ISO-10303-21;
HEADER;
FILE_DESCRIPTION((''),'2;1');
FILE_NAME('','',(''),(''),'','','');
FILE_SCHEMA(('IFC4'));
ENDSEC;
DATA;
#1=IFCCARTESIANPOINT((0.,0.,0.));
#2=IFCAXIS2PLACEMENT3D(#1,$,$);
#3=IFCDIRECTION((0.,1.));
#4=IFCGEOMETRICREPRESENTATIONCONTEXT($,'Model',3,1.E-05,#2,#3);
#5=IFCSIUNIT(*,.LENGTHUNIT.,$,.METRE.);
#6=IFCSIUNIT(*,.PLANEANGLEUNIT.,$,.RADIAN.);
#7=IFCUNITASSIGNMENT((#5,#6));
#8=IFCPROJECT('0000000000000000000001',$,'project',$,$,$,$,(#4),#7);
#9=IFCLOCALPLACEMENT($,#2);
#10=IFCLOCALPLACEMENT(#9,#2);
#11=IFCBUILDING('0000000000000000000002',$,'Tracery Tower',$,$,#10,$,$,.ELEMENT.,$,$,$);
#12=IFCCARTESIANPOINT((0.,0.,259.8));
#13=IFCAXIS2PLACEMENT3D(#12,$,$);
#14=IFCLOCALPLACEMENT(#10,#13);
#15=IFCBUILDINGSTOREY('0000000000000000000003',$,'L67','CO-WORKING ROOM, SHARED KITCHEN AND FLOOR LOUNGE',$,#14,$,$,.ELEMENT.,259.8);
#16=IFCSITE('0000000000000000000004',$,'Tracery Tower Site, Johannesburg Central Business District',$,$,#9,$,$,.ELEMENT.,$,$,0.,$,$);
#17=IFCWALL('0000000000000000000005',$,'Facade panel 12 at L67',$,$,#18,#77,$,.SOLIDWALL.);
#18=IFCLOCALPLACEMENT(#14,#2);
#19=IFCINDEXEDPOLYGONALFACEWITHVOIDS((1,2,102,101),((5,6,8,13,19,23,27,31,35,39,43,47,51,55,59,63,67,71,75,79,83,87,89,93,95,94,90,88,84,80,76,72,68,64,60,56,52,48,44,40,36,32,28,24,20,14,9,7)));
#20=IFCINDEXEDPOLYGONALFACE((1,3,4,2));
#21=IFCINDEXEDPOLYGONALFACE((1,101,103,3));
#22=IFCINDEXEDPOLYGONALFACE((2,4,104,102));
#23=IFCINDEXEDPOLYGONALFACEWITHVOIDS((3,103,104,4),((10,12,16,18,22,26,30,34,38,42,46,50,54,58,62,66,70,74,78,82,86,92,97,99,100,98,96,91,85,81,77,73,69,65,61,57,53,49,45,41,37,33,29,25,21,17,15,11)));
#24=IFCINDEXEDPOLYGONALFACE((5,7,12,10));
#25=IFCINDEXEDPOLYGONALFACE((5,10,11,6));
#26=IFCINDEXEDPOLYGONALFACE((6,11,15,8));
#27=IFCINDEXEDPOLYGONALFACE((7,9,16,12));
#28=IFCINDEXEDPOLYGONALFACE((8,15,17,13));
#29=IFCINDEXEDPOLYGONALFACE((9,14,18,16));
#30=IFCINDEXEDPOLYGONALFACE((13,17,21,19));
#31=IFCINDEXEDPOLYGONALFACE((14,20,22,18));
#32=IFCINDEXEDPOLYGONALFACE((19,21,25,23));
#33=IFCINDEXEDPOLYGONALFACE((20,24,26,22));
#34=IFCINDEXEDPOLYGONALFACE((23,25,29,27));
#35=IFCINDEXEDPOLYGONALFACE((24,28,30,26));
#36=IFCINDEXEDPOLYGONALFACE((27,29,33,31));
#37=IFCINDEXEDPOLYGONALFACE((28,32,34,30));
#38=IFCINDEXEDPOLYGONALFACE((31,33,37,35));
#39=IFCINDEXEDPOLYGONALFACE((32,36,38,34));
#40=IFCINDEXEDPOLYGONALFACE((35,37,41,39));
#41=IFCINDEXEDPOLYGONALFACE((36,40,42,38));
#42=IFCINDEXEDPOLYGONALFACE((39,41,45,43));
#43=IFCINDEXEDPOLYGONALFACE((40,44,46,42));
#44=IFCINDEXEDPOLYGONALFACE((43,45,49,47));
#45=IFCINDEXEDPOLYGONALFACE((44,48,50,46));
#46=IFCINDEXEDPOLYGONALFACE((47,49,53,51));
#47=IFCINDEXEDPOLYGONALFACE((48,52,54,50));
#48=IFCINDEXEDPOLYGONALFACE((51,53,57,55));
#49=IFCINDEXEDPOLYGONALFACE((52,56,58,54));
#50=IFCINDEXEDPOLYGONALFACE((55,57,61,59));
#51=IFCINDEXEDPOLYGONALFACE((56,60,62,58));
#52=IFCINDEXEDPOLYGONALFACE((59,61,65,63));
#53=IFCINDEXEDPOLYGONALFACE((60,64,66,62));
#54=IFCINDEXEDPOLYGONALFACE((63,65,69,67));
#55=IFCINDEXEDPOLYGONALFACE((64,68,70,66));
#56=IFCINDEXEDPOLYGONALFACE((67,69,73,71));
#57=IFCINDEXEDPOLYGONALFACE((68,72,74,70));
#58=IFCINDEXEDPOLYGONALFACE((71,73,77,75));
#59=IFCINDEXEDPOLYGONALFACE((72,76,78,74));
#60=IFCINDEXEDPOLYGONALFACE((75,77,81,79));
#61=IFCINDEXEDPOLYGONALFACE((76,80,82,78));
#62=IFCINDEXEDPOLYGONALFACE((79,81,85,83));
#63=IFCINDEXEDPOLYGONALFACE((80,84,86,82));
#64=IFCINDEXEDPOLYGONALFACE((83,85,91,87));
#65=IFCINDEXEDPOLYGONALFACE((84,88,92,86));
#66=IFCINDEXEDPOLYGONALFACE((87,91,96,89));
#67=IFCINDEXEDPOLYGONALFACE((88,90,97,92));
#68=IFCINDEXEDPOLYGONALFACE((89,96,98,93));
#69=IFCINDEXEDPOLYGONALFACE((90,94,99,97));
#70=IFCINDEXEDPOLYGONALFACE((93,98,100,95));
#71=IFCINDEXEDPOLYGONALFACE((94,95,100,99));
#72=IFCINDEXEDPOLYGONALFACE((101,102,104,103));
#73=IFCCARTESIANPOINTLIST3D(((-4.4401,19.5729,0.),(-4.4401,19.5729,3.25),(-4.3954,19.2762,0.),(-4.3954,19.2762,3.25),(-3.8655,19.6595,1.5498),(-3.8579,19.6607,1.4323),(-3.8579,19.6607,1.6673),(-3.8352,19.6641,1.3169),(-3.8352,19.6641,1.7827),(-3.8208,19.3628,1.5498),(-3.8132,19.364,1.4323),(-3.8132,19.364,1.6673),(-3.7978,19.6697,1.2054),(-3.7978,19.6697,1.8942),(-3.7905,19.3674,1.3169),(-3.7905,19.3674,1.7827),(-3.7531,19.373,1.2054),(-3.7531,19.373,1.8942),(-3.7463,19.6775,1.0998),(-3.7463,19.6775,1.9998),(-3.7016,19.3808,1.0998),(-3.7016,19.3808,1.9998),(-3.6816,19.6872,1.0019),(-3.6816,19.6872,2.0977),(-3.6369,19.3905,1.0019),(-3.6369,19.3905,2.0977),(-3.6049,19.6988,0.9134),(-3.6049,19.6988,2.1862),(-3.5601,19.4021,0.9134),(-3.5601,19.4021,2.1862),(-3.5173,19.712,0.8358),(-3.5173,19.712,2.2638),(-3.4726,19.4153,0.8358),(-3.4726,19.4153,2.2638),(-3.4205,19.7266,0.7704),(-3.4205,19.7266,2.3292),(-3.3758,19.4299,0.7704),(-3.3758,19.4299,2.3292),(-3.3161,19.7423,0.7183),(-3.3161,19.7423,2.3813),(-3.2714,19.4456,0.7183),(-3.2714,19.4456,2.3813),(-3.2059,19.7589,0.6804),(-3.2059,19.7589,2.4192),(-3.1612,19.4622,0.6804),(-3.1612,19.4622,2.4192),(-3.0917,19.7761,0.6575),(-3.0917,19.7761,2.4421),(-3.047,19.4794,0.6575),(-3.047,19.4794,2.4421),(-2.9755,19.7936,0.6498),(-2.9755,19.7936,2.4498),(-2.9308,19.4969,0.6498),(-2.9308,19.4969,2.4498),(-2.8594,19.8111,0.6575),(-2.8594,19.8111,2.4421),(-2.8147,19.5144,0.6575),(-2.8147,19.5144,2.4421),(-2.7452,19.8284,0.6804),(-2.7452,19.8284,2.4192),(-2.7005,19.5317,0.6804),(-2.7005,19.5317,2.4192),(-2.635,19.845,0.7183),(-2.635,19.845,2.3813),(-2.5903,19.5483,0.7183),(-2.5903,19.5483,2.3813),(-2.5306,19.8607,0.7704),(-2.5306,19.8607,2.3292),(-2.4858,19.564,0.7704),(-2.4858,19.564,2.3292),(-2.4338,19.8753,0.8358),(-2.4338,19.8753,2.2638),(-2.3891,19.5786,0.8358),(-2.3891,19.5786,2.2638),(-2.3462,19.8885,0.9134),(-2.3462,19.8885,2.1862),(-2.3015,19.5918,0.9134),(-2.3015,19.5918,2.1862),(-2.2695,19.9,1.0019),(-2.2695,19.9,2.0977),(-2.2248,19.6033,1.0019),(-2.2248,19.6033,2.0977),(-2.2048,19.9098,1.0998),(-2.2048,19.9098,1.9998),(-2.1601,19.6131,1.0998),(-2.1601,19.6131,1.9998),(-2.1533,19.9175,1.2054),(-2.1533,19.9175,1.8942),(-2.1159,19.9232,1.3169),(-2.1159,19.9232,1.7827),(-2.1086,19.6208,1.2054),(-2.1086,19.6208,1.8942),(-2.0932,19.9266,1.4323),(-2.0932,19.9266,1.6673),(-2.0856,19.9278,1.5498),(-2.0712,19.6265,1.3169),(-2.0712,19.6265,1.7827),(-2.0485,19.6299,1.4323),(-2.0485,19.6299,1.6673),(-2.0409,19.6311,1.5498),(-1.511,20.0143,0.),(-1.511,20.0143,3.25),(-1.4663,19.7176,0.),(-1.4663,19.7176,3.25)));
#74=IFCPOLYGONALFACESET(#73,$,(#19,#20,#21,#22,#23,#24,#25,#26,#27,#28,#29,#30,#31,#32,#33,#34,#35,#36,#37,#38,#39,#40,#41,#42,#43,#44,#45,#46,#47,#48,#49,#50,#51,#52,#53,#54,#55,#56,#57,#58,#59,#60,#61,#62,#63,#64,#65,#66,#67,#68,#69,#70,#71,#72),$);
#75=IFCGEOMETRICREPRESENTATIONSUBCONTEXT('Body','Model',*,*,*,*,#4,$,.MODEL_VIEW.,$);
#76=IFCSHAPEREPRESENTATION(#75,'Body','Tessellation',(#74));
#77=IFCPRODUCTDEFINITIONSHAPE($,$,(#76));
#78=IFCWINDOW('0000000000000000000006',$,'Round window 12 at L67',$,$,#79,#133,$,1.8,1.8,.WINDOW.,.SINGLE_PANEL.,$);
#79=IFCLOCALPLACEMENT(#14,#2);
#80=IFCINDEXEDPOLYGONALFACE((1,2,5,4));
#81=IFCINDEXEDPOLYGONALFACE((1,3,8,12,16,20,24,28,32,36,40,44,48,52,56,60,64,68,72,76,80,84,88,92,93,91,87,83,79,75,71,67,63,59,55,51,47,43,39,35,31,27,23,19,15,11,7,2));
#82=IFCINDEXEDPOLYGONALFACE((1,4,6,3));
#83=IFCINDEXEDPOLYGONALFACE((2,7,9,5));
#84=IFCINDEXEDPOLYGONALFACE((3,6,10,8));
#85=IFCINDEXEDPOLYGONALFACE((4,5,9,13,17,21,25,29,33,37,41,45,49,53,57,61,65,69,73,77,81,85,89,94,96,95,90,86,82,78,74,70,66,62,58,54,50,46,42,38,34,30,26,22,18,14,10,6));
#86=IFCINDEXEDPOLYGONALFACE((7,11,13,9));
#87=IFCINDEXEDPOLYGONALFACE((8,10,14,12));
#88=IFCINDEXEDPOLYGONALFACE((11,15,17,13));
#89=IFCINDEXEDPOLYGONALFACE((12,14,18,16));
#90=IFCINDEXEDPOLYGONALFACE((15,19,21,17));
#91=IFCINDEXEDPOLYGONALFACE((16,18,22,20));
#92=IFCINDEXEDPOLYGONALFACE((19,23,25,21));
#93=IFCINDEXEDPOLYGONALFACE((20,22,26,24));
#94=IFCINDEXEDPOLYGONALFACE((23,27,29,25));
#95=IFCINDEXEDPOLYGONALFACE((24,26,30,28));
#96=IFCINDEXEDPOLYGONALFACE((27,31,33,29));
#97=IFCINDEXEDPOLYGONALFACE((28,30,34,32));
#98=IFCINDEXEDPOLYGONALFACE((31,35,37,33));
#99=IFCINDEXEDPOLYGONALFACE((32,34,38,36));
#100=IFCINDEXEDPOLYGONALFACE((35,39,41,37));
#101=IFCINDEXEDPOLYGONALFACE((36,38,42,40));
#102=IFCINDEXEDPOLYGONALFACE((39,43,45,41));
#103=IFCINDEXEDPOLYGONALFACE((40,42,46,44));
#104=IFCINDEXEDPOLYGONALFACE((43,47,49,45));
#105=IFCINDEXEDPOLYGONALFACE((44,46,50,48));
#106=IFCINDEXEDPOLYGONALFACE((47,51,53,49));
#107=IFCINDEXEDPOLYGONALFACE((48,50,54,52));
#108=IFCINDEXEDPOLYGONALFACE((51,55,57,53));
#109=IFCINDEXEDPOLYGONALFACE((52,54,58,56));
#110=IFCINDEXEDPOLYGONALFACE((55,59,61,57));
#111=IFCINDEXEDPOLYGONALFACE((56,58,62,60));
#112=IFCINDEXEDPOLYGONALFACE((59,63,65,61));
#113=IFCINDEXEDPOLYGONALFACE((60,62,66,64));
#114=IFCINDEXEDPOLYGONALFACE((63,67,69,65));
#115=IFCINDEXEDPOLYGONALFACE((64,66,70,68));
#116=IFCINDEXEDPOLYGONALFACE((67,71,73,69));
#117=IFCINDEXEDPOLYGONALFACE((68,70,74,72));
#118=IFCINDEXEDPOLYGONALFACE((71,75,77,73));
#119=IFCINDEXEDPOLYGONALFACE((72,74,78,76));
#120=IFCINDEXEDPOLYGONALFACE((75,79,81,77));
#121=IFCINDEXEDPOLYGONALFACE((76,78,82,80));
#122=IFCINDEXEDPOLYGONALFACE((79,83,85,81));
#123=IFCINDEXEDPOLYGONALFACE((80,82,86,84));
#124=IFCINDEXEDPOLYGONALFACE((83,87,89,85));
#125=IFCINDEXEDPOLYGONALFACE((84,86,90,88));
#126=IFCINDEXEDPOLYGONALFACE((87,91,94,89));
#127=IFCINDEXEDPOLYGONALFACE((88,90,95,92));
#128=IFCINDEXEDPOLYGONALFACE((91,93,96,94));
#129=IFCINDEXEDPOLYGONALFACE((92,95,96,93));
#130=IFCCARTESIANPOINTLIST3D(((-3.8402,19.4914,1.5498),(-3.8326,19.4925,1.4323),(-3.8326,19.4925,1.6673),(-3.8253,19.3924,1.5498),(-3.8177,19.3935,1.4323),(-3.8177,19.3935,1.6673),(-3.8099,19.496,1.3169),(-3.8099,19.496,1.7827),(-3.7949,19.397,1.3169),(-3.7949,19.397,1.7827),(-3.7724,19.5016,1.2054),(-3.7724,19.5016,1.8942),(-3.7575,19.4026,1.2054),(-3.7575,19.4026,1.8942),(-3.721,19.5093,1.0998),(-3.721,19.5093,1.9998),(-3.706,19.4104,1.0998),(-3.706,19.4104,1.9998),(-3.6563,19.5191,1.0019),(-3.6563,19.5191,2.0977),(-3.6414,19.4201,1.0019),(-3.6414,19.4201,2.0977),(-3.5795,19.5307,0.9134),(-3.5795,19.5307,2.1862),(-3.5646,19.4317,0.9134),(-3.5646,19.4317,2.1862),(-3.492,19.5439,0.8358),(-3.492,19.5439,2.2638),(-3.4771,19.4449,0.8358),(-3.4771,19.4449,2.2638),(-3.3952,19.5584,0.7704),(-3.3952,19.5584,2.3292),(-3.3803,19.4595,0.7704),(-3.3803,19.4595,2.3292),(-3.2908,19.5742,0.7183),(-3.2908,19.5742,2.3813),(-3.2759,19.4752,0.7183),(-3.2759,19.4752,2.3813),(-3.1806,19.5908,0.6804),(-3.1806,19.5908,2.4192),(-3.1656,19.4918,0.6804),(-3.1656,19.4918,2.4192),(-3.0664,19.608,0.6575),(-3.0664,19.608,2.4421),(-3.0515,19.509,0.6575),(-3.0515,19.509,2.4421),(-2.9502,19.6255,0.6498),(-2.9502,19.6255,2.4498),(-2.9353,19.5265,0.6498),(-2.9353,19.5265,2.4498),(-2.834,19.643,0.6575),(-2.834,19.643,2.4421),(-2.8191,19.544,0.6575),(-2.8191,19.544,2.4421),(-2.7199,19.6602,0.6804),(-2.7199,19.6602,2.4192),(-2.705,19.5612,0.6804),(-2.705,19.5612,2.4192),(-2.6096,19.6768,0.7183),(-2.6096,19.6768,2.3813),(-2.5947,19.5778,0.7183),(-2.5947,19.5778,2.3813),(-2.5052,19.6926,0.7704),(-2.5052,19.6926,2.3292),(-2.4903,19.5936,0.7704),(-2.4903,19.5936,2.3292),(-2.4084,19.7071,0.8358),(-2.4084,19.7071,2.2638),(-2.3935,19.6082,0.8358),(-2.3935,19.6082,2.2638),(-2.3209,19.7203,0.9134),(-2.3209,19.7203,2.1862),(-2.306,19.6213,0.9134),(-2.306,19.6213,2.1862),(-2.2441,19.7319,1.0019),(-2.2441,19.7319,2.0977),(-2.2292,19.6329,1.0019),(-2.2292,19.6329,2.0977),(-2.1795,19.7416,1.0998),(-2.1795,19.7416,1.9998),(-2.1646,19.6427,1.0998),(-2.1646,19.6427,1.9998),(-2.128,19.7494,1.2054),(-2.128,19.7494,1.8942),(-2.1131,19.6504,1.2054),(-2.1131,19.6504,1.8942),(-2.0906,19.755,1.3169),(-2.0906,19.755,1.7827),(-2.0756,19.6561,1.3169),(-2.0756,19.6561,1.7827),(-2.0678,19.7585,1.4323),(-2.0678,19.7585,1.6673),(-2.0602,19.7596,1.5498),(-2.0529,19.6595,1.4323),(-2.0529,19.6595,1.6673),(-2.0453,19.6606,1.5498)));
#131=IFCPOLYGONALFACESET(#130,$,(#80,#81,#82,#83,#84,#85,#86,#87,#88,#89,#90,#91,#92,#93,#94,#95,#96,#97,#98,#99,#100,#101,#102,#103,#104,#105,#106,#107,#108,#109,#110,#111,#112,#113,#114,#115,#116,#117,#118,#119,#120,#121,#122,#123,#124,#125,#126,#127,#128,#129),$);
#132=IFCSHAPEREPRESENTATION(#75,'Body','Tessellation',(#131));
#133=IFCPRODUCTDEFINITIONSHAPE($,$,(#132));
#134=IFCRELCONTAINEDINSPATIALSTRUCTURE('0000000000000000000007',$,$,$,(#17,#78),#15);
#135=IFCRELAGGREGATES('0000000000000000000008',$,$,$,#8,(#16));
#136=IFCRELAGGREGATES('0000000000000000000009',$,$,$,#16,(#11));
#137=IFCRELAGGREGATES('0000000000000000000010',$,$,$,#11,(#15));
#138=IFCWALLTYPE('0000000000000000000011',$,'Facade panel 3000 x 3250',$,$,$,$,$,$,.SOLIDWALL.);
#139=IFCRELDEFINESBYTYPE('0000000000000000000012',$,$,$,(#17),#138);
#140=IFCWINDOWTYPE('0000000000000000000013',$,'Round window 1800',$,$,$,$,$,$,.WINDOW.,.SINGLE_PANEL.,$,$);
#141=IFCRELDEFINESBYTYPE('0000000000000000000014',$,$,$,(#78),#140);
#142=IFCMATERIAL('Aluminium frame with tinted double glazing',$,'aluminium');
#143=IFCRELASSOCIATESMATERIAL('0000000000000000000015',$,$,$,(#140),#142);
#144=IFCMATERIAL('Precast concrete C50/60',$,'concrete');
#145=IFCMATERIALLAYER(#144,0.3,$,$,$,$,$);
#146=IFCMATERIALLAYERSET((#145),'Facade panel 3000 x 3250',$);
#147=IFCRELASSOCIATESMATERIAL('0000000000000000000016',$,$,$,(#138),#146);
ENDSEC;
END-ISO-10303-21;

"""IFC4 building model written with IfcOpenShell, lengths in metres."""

from ifc_helpers import new_model, si_unit, direction, frame, frame_2d, origin, origin_2d, place, context, subcontext, project, spatial, rectangle, circle, extrude, material, layer, layer_set, type_object, element, fill, save


model = new_model("IFC4")

# Units and contexts
model_context = context("Model", 3, precision=1e-05, world=origin(), true_north=direction((0.0, 1.0)))
body_context = subcontext(model_context, "Body", "Model", "MODEL_VIEW")
ifc_project = project(units=[si_unit("LENGTHUNIT", "METRE"), si_unit("PLANEANGLEUNIT", "RADIAN")], contexts=[model_context])

# Site, building, storey
site_placement = place(None, origin())
site = spatial("IfcSite", under=ifc_project, at=site_placement, Name="Tracery Tower Site, Johannesburg Central Business District", CompositionType="ELEMENT", RefElevation=0.0)
building_placement = place(site_placement, origin())
building = spatial("IfcBuilding", under=site, at=building_placement, Name="Tracery Tower", CompositionType="ELEMENT")
storey_placement = place(building_placement, frame((0.0, 0.0, 259.8)))
storey = spatial("IfcBuildingStorey", under=building, at=storey_placement, Name="L67", Description="CO-WORKING ROOM, SHARED KITCHEN AND FLOOR LOUNGE", CompositionType="ELEMENT", Elevation=259.8)

# Wall, opening, window
ifc_material_1 = material(Name="Aluminium frame with tinted double glazing", Category="aluminium")
window_type = type_object("IfcWindowType", Name="Round window 1800", PartitioningType="SINGLE_PANEL", PredefinedType="WINDOW", material=ifc_material_1)
ifc_material_2 = material(Name="Precast concrete C50/60", Category="concrete")
ifc_layer_1 = layer(ifc_material_2, 0.3)
ifc_layer_set_1 = layer_set([ifc_layer_1], Name="Facade panel 3000 x 3250")
wall_type_1 = type_object("IfcWallType", Name="Facade panel 3000 x 3250", PredefinedType="SOLIDWALL", material=ifc_layer_set_1)
wall_1_placement = place(storey_placement, frame((-1.4888, 19.866, 0.0), z_axis=(0.0, 0.0, 1.0), x_axis=(-0.988836, -0.149009, 0.0)))
wall_1 = element("IfcWall", 1, at=wall_1_placement, inside=storey, type_object=wall_type_1, Name="Facade panel 12 at L67", PredefinedType="SOLIDWALL", context=body_context, shape_type="SweptSolid", body=[
    extrude(rectangle(XDim=2.9622, YDim=0.3, at=frame_2d((1.481, 0.0))), origin(), (0.0, 0.0, 1.0), 3.25),
])
opening_1_placement = place(wall_1_placement, frame((1.481, 0.0, 1.5498)))
opening_1 = element("IfcOpeningElement", 2, at=opening_1_placement, cuts=wall_1, PredefinedType="OPENING", context=body_context, shape_type="SweptSolid", body=[
    extrude(circle(Radius=0.9, at=origin_2d()), frame((0.0, 0.1599, 0.0), z_axis=(0.0, -1.0, 0.0), x_axis=(1.0, 0.0, 0.0)), (0.0, 0.0, 1.0), 0.3201),
])
window_1_placement = place(opening_1_placement, origin())
window_1 = element("IfcWindow", 3, at=window_1_placement, inside=storey, type_object=window_type, Name="Round window 12 at L67", OverallHeight=1.8, OverallWidth=1.8, PartitioningType="SINGLE_PANEL", PredefinedType="WINDOW", context=body_context, shape_type="SweptSolid", body=[
    extrude(circle(Radius=0.9, at=origin_2d()), frame((0.0, 0.1201, 0.0), z_axis=(0.0, -1.0, 0.0), x_axis=(1.0, 0.0, 0.0)), (0.0, 0.0, 1.0), 0.1001),
])
fill(opening_1, window_1)

save(model, "model.ifc")
